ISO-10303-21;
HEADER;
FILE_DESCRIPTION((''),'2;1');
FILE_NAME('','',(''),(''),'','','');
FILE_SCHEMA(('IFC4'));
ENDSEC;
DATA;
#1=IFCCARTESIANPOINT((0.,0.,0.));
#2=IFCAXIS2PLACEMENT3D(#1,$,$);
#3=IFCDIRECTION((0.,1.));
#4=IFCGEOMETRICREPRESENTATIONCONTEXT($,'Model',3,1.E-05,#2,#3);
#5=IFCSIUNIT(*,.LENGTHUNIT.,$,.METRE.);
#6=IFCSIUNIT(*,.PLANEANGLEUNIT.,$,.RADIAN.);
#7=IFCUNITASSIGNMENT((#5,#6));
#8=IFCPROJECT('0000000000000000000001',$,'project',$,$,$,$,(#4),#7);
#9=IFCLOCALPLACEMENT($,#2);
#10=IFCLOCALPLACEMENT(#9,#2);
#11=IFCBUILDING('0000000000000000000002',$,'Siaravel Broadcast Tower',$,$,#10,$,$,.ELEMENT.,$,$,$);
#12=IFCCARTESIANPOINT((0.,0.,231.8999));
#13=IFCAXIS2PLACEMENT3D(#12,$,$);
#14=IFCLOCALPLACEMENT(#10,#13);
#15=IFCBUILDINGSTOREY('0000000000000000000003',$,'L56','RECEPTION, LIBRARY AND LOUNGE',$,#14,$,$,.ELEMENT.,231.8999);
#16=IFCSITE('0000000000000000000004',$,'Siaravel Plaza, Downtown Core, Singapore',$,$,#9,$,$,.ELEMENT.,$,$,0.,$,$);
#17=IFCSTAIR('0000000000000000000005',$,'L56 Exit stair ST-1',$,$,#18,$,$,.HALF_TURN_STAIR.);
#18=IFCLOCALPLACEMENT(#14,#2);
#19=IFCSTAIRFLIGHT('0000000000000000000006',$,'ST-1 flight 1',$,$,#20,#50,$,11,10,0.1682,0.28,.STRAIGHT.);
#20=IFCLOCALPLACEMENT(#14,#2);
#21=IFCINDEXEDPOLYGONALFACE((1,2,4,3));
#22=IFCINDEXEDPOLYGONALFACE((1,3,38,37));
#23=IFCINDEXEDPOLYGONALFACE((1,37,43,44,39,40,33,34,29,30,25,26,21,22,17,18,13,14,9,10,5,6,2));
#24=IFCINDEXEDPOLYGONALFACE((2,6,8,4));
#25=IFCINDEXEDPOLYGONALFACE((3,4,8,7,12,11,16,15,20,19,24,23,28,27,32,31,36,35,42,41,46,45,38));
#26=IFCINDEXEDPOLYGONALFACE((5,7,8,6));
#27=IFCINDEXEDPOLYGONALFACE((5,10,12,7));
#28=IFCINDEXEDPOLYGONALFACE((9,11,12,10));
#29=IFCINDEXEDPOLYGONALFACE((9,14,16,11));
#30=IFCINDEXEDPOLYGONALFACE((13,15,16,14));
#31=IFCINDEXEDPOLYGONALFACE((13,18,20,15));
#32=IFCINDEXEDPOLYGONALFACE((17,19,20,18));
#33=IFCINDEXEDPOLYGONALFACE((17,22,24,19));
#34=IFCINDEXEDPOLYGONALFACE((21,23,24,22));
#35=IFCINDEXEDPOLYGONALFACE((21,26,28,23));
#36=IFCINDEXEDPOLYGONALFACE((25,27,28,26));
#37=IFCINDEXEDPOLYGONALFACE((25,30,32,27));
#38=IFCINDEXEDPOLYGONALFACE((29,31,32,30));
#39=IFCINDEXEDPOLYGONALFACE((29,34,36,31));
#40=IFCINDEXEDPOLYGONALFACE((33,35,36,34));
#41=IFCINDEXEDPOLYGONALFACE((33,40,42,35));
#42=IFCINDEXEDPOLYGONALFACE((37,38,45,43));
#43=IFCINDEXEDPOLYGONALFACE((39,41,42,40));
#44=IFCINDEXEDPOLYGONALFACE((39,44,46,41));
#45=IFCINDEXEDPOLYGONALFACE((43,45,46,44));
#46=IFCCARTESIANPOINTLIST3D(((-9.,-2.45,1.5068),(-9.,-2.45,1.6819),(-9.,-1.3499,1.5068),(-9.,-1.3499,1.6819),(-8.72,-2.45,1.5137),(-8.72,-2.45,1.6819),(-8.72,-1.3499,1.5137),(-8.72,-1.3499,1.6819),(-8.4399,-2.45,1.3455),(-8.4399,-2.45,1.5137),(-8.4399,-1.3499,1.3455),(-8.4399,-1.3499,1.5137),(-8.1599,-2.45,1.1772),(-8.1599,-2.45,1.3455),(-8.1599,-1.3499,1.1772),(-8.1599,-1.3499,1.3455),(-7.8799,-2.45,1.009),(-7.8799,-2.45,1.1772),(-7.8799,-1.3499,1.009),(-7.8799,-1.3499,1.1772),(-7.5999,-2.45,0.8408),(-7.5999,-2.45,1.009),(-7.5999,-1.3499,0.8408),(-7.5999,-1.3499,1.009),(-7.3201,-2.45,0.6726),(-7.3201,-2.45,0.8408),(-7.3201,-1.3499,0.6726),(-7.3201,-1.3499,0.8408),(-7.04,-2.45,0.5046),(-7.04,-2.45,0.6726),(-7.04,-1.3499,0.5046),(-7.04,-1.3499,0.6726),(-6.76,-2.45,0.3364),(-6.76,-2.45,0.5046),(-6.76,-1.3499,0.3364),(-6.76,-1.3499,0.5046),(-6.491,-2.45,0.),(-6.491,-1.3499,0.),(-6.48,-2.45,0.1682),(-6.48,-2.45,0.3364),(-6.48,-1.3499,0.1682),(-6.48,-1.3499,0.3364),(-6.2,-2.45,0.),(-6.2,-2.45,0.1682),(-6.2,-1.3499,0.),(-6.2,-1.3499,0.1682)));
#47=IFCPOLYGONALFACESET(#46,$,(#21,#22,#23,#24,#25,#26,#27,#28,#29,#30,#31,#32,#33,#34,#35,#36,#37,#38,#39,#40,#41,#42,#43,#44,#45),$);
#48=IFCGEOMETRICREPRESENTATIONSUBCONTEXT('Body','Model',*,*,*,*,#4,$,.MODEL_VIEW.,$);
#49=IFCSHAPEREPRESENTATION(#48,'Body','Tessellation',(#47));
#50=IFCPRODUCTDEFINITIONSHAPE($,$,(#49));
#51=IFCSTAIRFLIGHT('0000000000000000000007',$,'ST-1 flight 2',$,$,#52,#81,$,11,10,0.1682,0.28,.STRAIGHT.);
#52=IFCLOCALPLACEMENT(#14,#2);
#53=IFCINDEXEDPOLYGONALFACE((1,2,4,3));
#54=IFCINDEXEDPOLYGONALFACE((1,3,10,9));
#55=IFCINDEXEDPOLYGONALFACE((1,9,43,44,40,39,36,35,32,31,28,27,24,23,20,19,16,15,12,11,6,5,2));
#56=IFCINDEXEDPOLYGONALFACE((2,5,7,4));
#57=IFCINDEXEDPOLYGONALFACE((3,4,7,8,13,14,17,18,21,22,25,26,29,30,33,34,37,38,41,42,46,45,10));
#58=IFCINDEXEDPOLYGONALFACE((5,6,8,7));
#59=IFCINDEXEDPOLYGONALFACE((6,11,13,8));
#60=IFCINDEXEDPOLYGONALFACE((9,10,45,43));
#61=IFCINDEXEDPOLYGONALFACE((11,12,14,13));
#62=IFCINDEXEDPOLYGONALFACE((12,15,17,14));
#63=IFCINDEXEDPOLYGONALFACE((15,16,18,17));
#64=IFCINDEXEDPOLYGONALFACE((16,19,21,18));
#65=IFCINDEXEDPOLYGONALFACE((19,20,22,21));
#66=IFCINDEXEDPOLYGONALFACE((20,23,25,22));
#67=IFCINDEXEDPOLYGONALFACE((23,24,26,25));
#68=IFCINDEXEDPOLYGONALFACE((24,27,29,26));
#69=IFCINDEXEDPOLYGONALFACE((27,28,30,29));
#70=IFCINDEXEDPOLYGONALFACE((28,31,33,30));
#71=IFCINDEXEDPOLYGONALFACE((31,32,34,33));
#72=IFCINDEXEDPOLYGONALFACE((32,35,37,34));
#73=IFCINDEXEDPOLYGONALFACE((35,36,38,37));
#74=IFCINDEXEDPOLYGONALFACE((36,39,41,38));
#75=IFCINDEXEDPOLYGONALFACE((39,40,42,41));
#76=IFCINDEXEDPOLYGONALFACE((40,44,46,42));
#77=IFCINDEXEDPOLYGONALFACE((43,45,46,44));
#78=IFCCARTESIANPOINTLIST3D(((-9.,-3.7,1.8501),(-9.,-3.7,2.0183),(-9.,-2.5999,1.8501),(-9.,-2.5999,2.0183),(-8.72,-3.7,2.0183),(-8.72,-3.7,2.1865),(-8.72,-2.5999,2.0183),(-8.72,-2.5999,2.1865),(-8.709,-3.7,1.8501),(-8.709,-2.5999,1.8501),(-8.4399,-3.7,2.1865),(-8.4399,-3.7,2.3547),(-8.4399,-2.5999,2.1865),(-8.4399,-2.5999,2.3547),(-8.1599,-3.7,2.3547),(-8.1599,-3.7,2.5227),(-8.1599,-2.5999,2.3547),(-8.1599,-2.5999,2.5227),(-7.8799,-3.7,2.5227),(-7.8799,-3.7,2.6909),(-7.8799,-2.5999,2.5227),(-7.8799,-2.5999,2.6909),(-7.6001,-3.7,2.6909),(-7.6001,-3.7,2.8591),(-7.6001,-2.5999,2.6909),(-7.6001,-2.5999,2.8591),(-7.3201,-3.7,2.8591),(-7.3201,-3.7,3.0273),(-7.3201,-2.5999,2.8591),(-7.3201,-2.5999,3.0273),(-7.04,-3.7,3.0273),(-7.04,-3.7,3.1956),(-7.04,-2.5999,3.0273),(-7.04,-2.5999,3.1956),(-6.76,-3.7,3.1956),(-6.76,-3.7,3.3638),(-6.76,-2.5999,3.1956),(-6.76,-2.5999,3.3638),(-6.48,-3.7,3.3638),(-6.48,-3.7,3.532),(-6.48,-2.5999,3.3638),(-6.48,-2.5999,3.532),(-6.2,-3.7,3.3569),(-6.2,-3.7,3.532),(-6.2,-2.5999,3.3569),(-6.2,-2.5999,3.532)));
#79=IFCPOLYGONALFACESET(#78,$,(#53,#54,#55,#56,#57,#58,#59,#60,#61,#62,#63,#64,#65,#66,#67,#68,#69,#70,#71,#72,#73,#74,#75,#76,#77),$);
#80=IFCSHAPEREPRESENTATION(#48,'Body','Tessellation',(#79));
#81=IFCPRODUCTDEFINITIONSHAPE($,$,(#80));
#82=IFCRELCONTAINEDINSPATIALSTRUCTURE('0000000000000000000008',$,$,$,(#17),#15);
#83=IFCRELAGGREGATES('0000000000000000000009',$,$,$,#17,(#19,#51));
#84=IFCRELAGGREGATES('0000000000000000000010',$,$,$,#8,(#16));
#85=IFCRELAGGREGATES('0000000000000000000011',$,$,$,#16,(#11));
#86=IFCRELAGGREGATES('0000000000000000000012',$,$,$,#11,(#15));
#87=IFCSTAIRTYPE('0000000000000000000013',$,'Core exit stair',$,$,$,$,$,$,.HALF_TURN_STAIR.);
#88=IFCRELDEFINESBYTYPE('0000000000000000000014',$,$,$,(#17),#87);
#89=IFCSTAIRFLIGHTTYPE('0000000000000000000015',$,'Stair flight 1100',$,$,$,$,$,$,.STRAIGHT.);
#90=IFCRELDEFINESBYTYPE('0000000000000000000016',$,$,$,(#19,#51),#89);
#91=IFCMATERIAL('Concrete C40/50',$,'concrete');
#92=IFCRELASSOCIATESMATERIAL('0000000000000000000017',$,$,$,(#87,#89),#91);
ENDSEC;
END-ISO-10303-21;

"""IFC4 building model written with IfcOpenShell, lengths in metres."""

from ifc_helpers import new_model, si_unit, direction, frame, origin, place, context, subcontext, project, spatial, polyline, outline, extrude, material, type_object, element, aggregate, save


model = new_model("IFC4")

# Units and contexts
model_context = context("Model", 3, precision=1e-05, world=origin(), true_north=direction((0.0, 1.0)))
body_context = subcontext(model_context, "Body", "Model", "MODEL_VIEW")
ifc_project = project(units=[si_unit("LENGTHUNIT", "METRE"), si_unit("PLANEANGLEUNIT", "RADIAN")], contexts=[model_context])

# Site, building, storey
site_placement = place(None, origin())
site = spatial("IfcSite", under=ifc_project, at=site_placement, Name="Siaravel Plaza, Downtown Core, Singapore", CompositionType="ELEMENT", RefElevation=0.0)
building_placement = place(site_placement, origin())
building = spatial("IfcBuilding", under=site, at=building_placement, Name="Siaravel Broadcast Tower", CompositionType="ELEMENT")
storey_placement = place(building_placement, frame((0.0, 0.0, 231.8999)))
storey = spatial("IfcBuildingStorey", under=building, at=storey_placement, Name="L56", Description="RECEPTION, LIBRARY AND LOUNGE", CompositionType="ELEMENT", Elevation=231.8999)

# Stair, stair flights
ifc_material_1 = material(Name="Concrete C40/50", Category="concrete")
stair_type = type_object("IfcStairType", Name="Core exit stair", PredefinedType="HALF_TURN_STAIR", material=ifc_material_1)
stair_placement = place(storey_placement, origin())
stair = element("IfcStair", 1, at=stair_placement, inside=storey, type_object=stair_type, Name="L56 Exit stair ST-1", PredefinedType="HALF_TURN_STAIR")
stair_flight_type = type_object("IfcStairFlightType", Name="Stair flight 1100", PredefinedType="STRAIGHT", material=ifc_material_1)
stair_flight_1_placement = place(storey_placement, frame((-6.2, -1.8999, 0.0), z_axis=(0.0, 0.0, 1.0), x_axis=(-1.0, 0.0, 0.0)))
stair_flight_1 = element("IfcStairFlight", 2, at=stair_flight_1_placement, type_object=stair_flight_type, Name="ST-1 flight 1", NumberOfRisers=11, NumberOfTreads=10, PredefinedType="STRAIGHT", RiserHeight=0.1682, TreadLength=0.28, context=body_context, shape_type="SweptSolid", body=[
    extrude(outline(polyline([(0.0, 0.0), (0.0, 0.1682), (0.28, 0.1682), (0.28, 0.3364), (0.5601, 0.3364), (0.5601, 0.5046), (0.8401, 0.5046), (0.8401, 0.6726), (1.1201, 0.6726), (1.1201, 0.8408), (1.3999, 0.8408), (1.3999, 1.009), (1.6799, 1.009), (1.6799, 1.1772), (1.96, 1.1772), (1.96, 1.3455), (2.24, 1.3455), (2.24, 1.5137), (2.52, 1.5137), (2.52, 1.6819), (2.8, 1.6819), (2.8, 1.8501), (2.8, 1.5068), (0.291, 0.0), (0.0, 0.0)])), frame((0.0, 0.55, 0.0), z_axis=(0.0, -1.0, 0.0), x_axis=(1.0, 0.0, 0.0)), (0.0, 0.0, 1.0), 1.1001),
])
stair_flight_2_placement = place(storey_placement, frame((-9.0, -3.1499, 1.8501), z_axis=(0.0, 0.0, 1.0), x_axis=(1.0, 0.0, 0.0)))
stair_flight_2 = element("IfcStairFlight", 3, at=stair_flight_2_placement, type_object=stair_flight_type, Name="ST-1 flight 2", NumberOfRisers=11, NumberOfTreads=10, PredefinedType="STRAIGHT", RiserHeight=0.1682, TreadLength=0.28, context=body_context, shape_type="SweptSolid", body=[
    extrude(outline(polyline([(0.0, 0.0), (0.0, 0.1682), (0.28, 0.1682), (0.28, 0.3364), (0.5601, 0.3364), (0.5601, 0.5046), (0.8401, 0.5046), (0.8401, 0.6726), (1.1201, 0.6726), (1.1201, 0.8408), (1.3999, 0.8408), (1.3999, 1.009), (1.6799, 1.009), (1.6799, 1.1772), (1.96, 1.1772), (1.96, 1.3455), (2.24, 1.3455), (2.24, 1.5137), (2.52, 1.5137), (2.52, 1.6819), (2.8, 1.6819), (2.8, 1.8501), (2.8, 1.5068), (0.291, 0.0), (0.0, 0.0)])), frame((0.0, 0.55, 0.0), z_axis=(0.0, -1.0, 0.0), x_axis=(1.0, 0.0, 0.0)), (0.0, 0.0, 1.0), 1.1001),
])
aggregate(stair, [stair_flight_1, stair_flight_2])

save(model, "model.ifc")
